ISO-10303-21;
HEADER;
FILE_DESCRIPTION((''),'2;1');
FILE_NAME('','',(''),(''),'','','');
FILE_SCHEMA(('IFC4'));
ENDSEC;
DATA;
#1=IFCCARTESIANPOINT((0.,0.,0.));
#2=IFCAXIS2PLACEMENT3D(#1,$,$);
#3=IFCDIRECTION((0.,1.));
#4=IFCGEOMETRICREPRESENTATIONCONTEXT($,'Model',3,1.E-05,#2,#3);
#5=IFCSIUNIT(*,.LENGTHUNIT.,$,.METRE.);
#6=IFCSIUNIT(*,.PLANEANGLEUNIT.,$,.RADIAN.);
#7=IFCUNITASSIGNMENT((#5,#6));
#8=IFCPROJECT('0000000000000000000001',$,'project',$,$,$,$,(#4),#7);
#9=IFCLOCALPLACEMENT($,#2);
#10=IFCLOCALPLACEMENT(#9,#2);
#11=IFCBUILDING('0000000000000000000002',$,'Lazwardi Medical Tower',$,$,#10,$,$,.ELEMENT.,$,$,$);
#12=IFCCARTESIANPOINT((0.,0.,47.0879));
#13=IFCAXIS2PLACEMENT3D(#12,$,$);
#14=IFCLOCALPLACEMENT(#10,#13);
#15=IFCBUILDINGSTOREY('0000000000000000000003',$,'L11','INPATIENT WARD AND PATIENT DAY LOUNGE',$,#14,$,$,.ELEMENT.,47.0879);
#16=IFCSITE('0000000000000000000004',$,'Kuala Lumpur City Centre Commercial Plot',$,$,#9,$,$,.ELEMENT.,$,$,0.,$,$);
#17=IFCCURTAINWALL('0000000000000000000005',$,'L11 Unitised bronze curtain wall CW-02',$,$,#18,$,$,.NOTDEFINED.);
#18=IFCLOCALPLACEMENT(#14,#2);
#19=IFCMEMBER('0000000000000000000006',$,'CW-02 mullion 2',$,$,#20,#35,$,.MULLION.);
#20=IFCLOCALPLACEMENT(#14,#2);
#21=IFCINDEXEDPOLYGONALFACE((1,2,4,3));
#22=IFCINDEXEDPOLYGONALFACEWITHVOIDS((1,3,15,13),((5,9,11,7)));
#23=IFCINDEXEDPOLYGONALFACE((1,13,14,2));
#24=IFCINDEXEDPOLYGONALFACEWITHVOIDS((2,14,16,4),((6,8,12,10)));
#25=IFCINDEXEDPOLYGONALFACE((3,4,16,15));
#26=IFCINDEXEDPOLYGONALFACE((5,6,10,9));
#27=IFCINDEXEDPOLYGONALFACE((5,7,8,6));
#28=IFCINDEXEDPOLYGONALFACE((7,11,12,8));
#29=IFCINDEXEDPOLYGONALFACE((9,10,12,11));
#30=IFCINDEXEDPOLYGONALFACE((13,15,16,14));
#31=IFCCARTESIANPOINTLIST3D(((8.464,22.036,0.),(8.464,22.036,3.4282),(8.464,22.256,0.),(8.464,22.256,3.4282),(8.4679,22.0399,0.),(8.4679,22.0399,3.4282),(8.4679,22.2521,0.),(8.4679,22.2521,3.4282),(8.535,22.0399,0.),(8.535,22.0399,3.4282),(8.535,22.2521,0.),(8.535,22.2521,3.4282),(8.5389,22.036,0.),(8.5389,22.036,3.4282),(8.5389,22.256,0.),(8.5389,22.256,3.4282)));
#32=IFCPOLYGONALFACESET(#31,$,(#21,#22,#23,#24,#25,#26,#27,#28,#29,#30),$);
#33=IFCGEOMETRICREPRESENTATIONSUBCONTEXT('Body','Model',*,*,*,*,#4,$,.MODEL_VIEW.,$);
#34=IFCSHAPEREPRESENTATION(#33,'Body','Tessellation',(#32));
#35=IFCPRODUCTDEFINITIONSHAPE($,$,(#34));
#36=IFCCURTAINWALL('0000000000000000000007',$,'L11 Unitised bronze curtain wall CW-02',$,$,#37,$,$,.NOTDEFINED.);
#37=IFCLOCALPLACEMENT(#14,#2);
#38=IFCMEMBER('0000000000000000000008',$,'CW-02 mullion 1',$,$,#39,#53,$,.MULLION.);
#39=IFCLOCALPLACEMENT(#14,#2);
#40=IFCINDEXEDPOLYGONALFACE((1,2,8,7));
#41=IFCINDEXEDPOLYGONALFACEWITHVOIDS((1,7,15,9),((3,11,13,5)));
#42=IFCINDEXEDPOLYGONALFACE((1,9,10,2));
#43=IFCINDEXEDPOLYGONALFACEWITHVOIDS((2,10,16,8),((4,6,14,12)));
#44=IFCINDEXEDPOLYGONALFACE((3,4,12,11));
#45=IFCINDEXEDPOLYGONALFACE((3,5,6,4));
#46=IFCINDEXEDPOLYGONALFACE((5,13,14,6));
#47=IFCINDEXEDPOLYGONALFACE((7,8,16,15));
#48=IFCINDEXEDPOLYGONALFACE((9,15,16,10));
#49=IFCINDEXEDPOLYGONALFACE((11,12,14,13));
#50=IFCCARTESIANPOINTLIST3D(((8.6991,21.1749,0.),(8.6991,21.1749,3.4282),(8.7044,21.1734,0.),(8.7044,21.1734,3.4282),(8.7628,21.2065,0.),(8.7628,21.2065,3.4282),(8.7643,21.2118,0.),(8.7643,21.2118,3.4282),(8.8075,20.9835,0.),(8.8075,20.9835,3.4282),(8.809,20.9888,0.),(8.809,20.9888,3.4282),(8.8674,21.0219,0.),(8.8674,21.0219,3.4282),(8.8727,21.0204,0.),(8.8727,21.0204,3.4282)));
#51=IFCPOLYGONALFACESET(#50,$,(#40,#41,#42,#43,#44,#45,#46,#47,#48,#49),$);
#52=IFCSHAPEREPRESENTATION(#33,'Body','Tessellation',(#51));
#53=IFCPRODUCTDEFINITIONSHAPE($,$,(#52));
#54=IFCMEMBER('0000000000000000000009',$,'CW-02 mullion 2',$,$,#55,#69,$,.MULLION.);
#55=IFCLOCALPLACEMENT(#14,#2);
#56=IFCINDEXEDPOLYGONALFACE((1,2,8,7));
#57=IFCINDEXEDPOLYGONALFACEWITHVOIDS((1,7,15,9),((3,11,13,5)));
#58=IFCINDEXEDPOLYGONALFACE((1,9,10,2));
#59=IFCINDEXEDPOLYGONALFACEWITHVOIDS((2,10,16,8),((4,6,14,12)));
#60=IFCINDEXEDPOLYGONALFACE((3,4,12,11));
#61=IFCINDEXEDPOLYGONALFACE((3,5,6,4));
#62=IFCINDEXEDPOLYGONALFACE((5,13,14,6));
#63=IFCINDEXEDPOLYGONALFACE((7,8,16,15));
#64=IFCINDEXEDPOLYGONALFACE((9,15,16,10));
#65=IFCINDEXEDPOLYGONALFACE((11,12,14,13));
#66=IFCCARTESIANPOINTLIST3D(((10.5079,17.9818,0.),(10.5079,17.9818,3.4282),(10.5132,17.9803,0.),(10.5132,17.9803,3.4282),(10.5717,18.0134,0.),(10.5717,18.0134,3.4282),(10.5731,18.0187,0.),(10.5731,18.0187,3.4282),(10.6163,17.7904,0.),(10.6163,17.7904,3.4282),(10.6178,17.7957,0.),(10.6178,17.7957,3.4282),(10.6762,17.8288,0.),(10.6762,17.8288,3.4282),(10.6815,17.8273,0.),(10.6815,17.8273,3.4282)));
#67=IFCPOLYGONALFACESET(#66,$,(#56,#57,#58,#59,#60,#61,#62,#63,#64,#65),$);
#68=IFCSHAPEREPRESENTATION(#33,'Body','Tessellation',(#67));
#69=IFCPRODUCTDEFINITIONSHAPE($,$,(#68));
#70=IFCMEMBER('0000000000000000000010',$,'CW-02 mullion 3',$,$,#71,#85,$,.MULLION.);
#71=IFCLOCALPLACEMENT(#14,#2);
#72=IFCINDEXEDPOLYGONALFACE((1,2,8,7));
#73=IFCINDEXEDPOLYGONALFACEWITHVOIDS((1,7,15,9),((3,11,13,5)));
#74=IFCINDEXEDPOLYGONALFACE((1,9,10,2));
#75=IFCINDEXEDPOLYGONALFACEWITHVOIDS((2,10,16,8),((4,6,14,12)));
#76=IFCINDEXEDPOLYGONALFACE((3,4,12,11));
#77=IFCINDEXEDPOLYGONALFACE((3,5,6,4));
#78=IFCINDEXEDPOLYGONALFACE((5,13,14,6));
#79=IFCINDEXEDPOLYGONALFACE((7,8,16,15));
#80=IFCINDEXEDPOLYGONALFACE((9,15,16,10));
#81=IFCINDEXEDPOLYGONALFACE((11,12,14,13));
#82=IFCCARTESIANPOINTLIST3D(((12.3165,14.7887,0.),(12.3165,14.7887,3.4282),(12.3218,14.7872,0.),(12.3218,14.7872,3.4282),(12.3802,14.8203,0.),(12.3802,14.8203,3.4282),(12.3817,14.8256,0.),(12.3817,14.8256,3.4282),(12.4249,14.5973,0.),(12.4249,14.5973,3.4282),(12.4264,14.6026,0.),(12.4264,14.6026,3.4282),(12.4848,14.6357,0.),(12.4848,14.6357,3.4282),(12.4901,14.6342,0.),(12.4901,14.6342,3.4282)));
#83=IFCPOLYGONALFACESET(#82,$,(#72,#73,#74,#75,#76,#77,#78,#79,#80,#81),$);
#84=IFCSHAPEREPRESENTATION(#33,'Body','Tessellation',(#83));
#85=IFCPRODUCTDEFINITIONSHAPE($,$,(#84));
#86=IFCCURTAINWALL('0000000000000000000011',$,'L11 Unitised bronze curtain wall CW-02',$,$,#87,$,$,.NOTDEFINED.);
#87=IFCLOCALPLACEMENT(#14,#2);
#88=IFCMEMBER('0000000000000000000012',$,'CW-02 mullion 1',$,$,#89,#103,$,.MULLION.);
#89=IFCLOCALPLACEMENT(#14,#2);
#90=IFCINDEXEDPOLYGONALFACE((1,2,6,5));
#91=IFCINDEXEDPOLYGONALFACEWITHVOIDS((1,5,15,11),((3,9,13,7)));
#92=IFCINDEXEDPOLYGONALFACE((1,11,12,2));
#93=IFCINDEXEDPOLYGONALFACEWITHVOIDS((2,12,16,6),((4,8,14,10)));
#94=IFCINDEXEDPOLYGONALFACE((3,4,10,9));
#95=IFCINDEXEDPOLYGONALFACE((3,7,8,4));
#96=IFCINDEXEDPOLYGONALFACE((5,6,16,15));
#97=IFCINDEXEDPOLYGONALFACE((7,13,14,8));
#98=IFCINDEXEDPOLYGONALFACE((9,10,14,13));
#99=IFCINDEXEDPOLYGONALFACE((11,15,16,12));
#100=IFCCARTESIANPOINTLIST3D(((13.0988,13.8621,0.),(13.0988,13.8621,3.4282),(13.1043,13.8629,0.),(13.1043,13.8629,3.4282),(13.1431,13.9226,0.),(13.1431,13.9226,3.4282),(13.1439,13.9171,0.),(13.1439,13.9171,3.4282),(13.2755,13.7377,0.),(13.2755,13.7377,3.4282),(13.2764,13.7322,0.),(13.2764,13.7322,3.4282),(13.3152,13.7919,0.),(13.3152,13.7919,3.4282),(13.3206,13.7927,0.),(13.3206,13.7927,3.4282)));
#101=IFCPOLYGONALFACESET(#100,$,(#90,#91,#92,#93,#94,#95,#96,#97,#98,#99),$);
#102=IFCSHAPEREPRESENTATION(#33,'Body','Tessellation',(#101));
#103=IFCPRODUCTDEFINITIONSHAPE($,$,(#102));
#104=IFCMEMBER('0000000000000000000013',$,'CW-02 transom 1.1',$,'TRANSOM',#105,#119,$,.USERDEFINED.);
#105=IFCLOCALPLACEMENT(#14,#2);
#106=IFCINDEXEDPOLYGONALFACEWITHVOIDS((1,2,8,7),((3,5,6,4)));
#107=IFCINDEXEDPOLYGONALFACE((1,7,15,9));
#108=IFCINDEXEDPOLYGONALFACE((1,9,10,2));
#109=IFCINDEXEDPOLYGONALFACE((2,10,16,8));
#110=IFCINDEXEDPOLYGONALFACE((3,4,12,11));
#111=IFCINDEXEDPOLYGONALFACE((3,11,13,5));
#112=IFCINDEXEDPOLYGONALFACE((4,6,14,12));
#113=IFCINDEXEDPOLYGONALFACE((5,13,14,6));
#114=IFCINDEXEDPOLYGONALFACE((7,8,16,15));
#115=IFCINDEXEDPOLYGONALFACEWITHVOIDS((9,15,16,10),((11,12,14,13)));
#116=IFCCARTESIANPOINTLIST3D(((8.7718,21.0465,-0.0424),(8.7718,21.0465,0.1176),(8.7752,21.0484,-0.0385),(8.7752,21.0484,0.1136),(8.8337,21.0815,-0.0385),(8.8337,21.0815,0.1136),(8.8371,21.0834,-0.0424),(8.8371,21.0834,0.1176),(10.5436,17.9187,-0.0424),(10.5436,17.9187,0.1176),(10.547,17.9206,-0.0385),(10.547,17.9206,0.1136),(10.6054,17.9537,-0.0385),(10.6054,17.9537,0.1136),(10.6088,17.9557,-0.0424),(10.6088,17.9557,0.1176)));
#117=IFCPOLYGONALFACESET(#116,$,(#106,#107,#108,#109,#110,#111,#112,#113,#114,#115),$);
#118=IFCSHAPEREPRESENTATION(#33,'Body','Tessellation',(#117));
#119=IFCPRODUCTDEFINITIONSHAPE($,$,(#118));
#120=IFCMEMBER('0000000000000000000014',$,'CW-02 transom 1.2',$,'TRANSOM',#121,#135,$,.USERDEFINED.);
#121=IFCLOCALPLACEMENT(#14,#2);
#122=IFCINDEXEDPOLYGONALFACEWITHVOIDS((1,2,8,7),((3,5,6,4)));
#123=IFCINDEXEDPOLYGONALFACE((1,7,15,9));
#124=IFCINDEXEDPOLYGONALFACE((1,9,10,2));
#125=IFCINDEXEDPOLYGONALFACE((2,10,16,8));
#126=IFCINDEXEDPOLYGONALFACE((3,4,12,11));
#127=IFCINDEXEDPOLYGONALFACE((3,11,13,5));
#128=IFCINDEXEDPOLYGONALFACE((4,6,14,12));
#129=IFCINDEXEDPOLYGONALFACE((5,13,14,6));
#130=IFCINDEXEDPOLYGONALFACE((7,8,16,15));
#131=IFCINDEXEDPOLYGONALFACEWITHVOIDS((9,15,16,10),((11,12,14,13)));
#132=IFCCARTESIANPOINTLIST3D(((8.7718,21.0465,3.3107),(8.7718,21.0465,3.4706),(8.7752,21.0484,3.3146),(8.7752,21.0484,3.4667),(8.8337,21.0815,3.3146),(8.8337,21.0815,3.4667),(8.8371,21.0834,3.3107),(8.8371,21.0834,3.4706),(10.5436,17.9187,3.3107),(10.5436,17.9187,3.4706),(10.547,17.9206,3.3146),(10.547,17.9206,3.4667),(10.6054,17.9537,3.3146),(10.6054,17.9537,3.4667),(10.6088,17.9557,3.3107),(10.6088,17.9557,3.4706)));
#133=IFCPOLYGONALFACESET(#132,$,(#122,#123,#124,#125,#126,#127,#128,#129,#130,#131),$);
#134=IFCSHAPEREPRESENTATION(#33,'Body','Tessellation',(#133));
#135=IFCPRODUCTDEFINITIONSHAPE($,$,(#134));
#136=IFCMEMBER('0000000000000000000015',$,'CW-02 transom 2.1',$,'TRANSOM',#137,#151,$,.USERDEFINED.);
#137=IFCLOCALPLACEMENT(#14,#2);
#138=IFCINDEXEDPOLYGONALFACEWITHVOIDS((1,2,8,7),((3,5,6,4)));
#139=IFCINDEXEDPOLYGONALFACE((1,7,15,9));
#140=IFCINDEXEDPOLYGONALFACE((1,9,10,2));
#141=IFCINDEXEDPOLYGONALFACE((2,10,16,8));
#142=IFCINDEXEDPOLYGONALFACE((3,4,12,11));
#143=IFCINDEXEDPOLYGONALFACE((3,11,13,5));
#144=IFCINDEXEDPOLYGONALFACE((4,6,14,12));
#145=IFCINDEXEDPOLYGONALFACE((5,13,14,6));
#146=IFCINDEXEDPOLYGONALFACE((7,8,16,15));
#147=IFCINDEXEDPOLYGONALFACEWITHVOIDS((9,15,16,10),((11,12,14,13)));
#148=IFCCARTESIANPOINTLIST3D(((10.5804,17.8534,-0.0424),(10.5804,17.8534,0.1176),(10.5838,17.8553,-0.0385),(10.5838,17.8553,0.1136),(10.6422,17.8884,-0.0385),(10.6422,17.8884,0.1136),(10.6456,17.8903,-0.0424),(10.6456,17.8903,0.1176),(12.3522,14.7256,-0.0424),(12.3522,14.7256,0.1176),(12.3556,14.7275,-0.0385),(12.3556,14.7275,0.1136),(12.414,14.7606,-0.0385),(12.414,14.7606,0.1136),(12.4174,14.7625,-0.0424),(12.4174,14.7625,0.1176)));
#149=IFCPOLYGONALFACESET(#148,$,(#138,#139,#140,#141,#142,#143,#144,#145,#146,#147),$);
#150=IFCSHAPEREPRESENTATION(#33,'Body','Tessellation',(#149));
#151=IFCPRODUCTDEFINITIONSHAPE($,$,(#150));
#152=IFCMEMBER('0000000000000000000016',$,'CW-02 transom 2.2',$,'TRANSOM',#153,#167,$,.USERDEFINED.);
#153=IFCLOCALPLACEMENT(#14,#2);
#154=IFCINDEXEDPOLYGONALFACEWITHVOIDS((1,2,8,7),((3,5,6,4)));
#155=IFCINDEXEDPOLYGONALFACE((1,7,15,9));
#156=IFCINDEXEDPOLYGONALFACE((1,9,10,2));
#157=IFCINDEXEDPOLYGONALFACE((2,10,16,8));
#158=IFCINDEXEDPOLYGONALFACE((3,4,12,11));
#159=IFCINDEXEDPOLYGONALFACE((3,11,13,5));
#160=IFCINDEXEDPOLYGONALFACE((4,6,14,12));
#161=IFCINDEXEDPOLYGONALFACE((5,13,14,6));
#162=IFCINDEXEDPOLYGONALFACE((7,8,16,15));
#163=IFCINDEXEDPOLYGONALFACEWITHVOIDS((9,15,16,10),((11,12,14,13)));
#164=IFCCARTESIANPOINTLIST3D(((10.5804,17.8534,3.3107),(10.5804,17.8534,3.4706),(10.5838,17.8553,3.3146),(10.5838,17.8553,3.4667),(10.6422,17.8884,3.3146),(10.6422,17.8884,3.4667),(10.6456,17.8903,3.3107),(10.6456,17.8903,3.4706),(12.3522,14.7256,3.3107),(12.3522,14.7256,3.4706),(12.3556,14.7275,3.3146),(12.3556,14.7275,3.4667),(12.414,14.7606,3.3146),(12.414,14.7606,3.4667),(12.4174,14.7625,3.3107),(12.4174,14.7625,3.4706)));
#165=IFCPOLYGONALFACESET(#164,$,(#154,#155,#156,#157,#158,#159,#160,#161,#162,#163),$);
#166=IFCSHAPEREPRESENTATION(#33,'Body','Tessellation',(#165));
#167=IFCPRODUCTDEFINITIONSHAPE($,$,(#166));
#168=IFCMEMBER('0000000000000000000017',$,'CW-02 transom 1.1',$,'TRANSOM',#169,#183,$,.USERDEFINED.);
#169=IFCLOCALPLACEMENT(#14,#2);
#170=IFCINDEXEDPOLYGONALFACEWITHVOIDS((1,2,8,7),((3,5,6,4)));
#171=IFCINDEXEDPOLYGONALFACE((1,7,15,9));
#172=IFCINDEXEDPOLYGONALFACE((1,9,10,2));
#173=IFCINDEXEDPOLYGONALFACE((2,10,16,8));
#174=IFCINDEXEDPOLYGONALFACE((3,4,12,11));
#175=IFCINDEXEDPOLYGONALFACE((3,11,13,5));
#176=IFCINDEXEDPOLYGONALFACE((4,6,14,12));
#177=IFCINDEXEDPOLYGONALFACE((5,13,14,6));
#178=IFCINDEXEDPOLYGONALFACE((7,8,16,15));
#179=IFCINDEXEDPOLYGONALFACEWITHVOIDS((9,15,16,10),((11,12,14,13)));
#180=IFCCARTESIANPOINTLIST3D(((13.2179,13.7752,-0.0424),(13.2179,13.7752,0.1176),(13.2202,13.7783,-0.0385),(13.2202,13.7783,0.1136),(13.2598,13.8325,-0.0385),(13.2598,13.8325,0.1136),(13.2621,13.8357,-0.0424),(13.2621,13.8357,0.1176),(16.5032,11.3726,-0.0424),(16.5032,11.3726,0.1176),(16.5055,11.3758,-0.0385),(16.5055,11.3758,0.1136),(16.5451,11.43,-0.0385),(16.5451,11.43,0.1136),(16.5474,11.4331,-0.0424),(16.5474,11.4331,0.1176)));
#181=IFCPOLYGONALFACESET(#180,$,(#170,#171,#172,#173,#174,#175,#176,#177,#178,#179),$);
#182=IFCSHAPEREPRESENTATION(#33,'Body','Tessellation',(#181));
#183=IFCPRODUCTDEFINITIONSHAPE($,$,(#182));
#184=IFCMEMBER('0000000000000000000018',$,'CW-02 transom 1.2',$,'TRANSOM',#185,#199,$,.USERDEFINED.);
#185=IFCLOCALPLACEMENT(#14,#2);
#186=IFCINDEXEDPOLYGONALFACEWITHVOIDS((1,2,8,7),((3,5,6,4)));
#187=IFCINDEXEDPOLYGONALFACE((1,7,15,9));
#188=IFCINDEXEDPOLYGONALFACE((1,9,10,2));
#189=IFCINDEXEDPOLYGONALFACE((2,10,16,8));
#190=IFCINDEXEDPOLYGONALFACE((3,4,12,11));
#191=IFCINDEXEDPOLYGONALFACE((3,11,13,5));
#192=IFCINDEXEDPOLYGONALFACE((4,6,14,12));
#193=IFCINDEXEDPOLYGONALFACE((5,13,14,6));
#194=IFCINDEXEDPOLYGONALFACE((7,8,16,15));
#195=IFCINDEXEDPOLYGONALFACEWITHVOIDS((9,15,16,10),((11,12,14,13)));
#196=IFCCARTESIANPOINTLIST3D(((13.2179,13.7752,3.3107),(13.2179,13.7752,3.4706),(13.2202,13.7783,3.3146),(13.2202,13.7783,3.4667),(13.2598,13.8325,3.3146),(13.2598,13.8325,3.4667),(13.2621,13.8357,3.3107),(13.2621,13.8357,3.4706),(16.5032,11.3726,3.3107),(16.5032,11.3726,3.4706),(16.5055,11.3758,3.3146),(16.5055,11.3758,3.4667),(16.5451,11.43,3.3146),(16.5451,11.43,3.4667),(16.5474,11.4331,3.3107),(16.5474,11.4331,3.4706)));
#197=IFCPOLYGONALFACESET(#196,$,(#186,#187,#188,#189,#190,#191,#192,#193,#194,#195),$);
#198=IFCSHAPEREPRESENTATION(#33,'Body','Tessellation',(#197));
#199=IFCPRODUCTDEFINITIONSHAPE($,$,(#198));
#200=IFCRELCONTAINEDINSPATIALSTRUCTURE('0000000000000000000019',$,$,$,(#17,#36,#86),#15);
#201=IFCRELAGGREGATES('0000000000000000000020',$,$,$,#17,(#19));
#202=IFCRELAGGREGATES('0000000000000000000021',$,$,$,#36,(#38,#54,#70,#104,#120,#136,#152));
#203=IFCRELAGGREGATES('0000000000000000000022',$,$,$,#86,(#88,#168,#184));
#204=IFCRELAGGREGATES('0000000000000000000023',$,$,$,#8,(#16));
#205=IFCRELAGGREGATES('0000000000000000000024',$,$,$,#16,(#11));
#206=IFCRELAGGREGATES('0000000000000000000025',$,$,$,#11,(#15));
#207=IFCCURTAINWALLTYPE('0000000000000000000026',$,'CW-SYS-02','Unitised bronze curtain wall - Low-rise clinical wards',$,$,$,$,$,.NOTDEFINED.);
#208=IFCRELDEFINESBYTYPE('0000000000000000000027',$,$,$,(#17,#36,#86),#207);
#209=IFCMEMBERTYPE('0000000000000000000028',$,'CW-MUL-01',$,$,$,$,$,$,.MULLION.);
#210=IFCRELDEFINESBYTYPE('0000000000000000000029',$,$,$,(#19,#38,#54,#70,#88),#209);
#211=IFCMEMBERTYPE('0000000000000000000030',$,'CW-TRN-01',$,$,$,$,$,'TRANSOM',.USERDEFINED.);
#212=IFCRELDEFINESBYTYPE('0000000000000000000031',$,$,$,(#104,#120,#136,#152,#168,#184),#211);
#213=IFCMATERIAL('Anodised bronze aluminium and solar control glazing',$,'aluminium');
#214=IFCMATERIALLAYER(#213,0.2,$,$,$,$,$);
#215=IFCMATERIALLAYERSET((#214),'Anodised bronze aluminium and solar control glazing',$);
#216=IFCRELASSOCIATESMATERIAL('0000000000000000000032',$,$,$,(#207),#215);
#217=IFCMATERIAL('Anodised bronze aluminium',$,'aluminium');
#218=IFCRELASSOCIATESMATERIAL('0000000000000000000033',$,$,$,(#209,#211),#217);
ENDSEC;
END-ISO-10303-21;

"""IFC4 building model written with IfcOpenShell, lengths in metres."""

from ifc_helpers import new_model, si_unit, direction, frame, origin, origin_2d, place, context, subcontext, project, spatial, hollow_rectangle, extrude, material, layer, layer_set, material_profile, profile_set, type_object, element, aggregate, save


model = new_model("IFC4")

# Units and contexts
model_context = context("Model", 3, precision=1e-05, world=origin(), true_north=direction((0.0, 1.0)))
body_context = subcontext(model_context, "Body", "Model", "MODEL_VIEW")
ifc_project = project(units=[si_unit("LENGTHUNIT", "METRE"), si_unit("PLANEANGLEUNIT", "RADIAN")], contexts=[model_context])

# Site, building, storey
site_placement = place(None, origin())
site = spatial("IfcSite", under=ifc_project, at=site_placement, Name="Kuala Lumpur City Centre Commercial Plot", CompositionType="ELEMENT", RefElevation=0.0)
building_placement = place(site_placement, origin())
building = spatial("IfcBuilding", under=site, at=building_placement, Name="Lazwardi Medical Tower", CompositionType="ELEMENT")
storey_placement = place(building_placement, frame((0.0, 0.0, 47.0879)))
storey = spatial("IfcBuildingStorey", under=building, at=storey_placement, Name="L11", Description="INPATIENT WARD AND PATIENT DAY LOUNGE", CompositionType="ELEMENT", Elevation=47.0879)

# Curtain wall, member
ifc_material_1 = material(Name="Anodised bronze aluminium and solar control glazing", Category="aluminium")
ifc_layer_1 = layer(ifc_material_1, 0.2)
ifc_layer_set_1 = layer_set([ifc_layer_1], Name="Anodised bronze aluminium and solar control glazing")
curtain_wall_type = type_object("IfcCurtainWallType", Name="CW-SYS-02", Description="Unitised bronze curtain wall - Low-rise clinical wards", PredefinedType="NOTDEFINED", material=ifc_layer_set_1)
curtain_wall_1_placement = place(storey_placement, origin())
curtain_wall_1 = element("IfcCurtainWall", 1, at=curtain_wall_1_placement, inside=storey, type_object=curtain_wall_type, Name="L11 Unitised bronze curtain wall CW-02", PredefinedType="NOTDEFINED")
ifc_material_2 = material(Name="Anodised bronze aluminium", Category="aluminium")
ifc_material_profile_1 = material_profile(ifc_material_2, hollow_rectangle(XDim=0.075, YDim=0.22, WallThickness=0.0039, at=origin_2d()), Name="ALU-MULLION 220x75x4")
ifc_profile_set_1 = profile_set([ifc_material_profile_1], Name="Anodised bronze aluminium")
member_type_1 = type_object("IfcMemberType", Name="CW-MUL-01", PredefinedType="MULLION", material=ifc_profile_set_1)
member_1_placement = place(storey_placement, frame((8.5015, 22.146, 0.0), z_axis=(0.0, 0.0, 1.0), x_axis=(1.0, 0.0, 0.0)))
member_1 = element("IfcMember", 2, at=member_1_placement, type_object=member_type_1, Name="CW-02 mullion 2", PredefinedType="MULLION", context=body_context, shape_type="SweptSolid", body=[
    extrude(hollow_rectangle(XDim=0.075, YDim=0.22, WallThickness=0.0039, at=origin_2d()), origin(), (0.0, 0.0, 1.0), 3.4282),
])

# Curtain wall, members
curtain_wall_2_placement = place(storey_placement, origin())
curtain_wall_2 = element("IfcCurtainWall", 3, at=curtain_wall_2_placement, inside=storey, type_object=curtain_wall_type, Name="L11 Unitised bronze curtain wall CW-02", PredefinedType="NOTDEFINED")
member_2_placement = place(storey_placement, frame((8.7859, 21.0977, 0.0), z_axis=(0.0, 0.0, 1.0), x_axis=(0.870112, 0.492854, 0.0)))
member_2 = element("IfcMember", 4, at=member_2_placement, type_object=member_type_1, Name="CW-02 mullion 1", PredefinedType="MULLION", context=body_context, shape_type="SweptSolid", body=[
    extrude(hollow_rectangle(XDim=0.075, YDim=0.22, WallThickness=0.0039, at=origin_2d()), origin(), (0.0, 0.0, 1.0), 3.4282),
])
member_3_placement = place(storey_placement, frame((10.5947, 17.9045, 0.0), z_axis=(0.0, 0.0, 1.0), x_axis=(0.870112, 0.492854, 0.0)))
member_3 = element("IfcMember", 5, at=member_3_placement, type_object=member_type_1, Name="CW-02 mullion 2", PredefinedType="MULLION", context=body_context, shape_type="SweptSolid", body=[
    extrude(hollow_rectangle(XDim=0.075, YDim=0.22, WallThickness=0.0039, at=origin_2d()), origin(), (0.0, 0.0, 1.0), 3.4282),
])
member_4_placement = place(storey_placement, frame((12.4033, 14.7114, 0.0), z_axis=(0.0, 0.0, 1.0), x_axis=(0.870112, 0.492854, 0.0)))
member_4 = element("IfcMember", 6, at=member_4_placement, type_object=member_type_1, Name="CW-02 mullion 3", PredefinedType="MULLION", context=body_context, shape_type="SweptSolid", body=[
    extrude(hollow_rectangle(XDim=0.075, YDim=0.22, WallThickness=0.0039, at=origin_2d()), origin(), (0.0, 0.0, 1.0), 3.4282),
])

# Curtain wall, member
curtain_wall_3_placement = place(storey_placement, origin())
curtain_wall_3 = element("IfcCurtainWall", 7, at=curtain_wall_3_placement, inside=storey, type_object=curtain_wall_type, Name="L11 Unitised bronze curtain wall CW-02", PredefinedType="NOTDEFINED")
member_5_placement = place(storey_placement, frame((13.2097, 13.8274, 0.0), z_axis=(0.0, 0.0, 1.0), x_axis=(0.590289, 0.807192, 0.0)))
member_5 = element("IfcMember", 8, at=member_5_placement, type_object=member_type_1, Name="CW-02 mullion 1", PredefinedType="MULLION", context=body_context, shape_type="SweptSolid", body=[
    extrude(hollow_rectangle(XDim=0.075, YDim=0.22, WallThickness=0.0039, at=origin_2d()), origin(), (0.0, 0.0, 1.0), 3.4282),
])

# Members
ifc_material_profile_2 = material_profile(ifc_material_2, hollow_rectangle(XDim=0.075, YDim=0.1599, WallThickness=0.0039, at=origin_2d()), Name="ALU-TRANSOM 160x75x4")
ifc_profile_set_2 = profile_set([ifc_material_profile_2], Name="Anodised bronze aluminium")
member_type_2 = type_object("IfcMemberType", Name="CW-TRN-01", ElementType="TRANSOM", PredefinedType="USERDEFINED", material=ifc_profile_set_2)
member_6_placement = place(storey_placement, frame((8.8044, 21.0649, 0.0376), z_axis=(0.492881, -0.870097, 0.0), x_axis=(0.870097, 0.492881, 0.0)))
member_6 = element("IfcMember", 9, at=member_6_placement, type_object=member_type_2, Name="CW-02 transom 1.1", ObjectType="TRANSOM", PredefinedType="USERDEFINED", context=body_context, shape_type="SweptSolid", body=[
    extrude(hollow_rectangle(XDim=0.075, YDim=0.1599, WallThickness=0.0039, at=origin_2d()), origin(), (0.0, 0.0, 1.0), 3.5947),
])
member_7_placement = place(storey_placement, frame((8.8044, 21.0649, 3.3906), z_axis=(0.492881, -0.870097, 0.0), x_axis=(0.870097, 0.492881, 0.0)))
member_7 = element("IfcMember", 10, at=member_7_placement, type_object=member_type_2, Name="CW-02 transom 1.2", ObjectType="TRANSOM", PredefinedType="USERDEFINED", context=body_context, shape_type="SweptSolid", body=[
    extrude(hollow_rectangle(XDim=0.075, YDim=0.1599, WallThickness=0.0039, at=origin_2d()), origin(), (0.0, 0.0, 1.0), 3.5947),
])
member_8_placement = place(storey_placement, frame((10.613, 17.8718, 0.0376), z_axis=(0.492881, -0.870097, 0.0), x_axis=(0.870097, 0.492881, 0.0)))
member_8 = element("IfcMember", 11, at=member_8_placement, type_object=member_type_2, Name="CW-02 transom 2.1", ObjectType="TRANSOM", PredefinedType="USERDEFINED", context=body_context, shape_type="SweptSolid", body=[
    extrude(hollow_rectangle(XDim=0.075, YDim=0.1599, WallThickness=0.0039, at=origin_2d()), origin(), (0.0, 0.0, 1.0), 3.5947),
])
member_9_placement = place(storey_placement, frame((10.613, 17.8718, 3.3906), z_axis=(0.492881, -0.870097, 0.0), x_axis=(0.870097, 0.492881, 0.0)))
member_9 = element("IfcMember", 12, at=member_9_placement, type_object=member_type_2, Name="CW-02 transom 2.2", ObjectType="TRANSOM", PredefinedType="USERDEFINED", context=body_context, shape_type="SweptSolid", body=[
    extrude(hollow_rectangle(XDim=0.075, YDim=0.1599, WallThickness=0.0039, at=origin_2d()), origin(), (0.0, 0.0, 1.0), 3.5947),
])
member_10_placement = place(storey_placement, frame((13.24, 13.8054, 0.0376), z_axis=(0.80719, -0.590292, 0.0), x_axis=(0.590292, 0.80719, 0.0)))
member_10 = element("IfcMember", 13, at=member_10_placement, type_object=member_type_2, Name="CW-02 transom 1.1", ObjectType="TRANSOM", PredefinedType="USERDEFINED", context=body_context, shape_type="SweptSolid", body=[
    extrude(hollow_rectangle(XDim=0.075, YDim=0.1599, WallThickness=0.0039, at=origin_2d()), origin(), (0.0, 0.0, 1.0), 4.0701),
])
member_11_placement = place(storey_placement, frame((13.24, 13.8054, 3.3906), z_axis=(0.80719, -0.590292, 0.0), x_axis=(0.590292, 0.80719, 0.0)))
member_11 = element("IfcMember", 14, at=member_11_placement, type_object=member_type_2, Name="CW-02 transom 1.2", ObjectType="TRANSOM", PredefinedType="USERDEFINED", context=body_context, shape_type="SweptSolid", body=[
    extrude(hollow_rectangle(XDim=0.075, YDim=0.1599, WallThickness=0.0039, at=origin_2d()), origin(), (0.0, 0.0, 1.0), 4.0701),
])

aggregate(curtain_wall_1, [member_1])
aggregate(curtain_wall_2, [member_2, member_3, member_4, member_6, member_7, member_8, member_9])
aggregate(curtain_wall_3, [member_5, member_10, member_11])

save(model, "model.ifc")
